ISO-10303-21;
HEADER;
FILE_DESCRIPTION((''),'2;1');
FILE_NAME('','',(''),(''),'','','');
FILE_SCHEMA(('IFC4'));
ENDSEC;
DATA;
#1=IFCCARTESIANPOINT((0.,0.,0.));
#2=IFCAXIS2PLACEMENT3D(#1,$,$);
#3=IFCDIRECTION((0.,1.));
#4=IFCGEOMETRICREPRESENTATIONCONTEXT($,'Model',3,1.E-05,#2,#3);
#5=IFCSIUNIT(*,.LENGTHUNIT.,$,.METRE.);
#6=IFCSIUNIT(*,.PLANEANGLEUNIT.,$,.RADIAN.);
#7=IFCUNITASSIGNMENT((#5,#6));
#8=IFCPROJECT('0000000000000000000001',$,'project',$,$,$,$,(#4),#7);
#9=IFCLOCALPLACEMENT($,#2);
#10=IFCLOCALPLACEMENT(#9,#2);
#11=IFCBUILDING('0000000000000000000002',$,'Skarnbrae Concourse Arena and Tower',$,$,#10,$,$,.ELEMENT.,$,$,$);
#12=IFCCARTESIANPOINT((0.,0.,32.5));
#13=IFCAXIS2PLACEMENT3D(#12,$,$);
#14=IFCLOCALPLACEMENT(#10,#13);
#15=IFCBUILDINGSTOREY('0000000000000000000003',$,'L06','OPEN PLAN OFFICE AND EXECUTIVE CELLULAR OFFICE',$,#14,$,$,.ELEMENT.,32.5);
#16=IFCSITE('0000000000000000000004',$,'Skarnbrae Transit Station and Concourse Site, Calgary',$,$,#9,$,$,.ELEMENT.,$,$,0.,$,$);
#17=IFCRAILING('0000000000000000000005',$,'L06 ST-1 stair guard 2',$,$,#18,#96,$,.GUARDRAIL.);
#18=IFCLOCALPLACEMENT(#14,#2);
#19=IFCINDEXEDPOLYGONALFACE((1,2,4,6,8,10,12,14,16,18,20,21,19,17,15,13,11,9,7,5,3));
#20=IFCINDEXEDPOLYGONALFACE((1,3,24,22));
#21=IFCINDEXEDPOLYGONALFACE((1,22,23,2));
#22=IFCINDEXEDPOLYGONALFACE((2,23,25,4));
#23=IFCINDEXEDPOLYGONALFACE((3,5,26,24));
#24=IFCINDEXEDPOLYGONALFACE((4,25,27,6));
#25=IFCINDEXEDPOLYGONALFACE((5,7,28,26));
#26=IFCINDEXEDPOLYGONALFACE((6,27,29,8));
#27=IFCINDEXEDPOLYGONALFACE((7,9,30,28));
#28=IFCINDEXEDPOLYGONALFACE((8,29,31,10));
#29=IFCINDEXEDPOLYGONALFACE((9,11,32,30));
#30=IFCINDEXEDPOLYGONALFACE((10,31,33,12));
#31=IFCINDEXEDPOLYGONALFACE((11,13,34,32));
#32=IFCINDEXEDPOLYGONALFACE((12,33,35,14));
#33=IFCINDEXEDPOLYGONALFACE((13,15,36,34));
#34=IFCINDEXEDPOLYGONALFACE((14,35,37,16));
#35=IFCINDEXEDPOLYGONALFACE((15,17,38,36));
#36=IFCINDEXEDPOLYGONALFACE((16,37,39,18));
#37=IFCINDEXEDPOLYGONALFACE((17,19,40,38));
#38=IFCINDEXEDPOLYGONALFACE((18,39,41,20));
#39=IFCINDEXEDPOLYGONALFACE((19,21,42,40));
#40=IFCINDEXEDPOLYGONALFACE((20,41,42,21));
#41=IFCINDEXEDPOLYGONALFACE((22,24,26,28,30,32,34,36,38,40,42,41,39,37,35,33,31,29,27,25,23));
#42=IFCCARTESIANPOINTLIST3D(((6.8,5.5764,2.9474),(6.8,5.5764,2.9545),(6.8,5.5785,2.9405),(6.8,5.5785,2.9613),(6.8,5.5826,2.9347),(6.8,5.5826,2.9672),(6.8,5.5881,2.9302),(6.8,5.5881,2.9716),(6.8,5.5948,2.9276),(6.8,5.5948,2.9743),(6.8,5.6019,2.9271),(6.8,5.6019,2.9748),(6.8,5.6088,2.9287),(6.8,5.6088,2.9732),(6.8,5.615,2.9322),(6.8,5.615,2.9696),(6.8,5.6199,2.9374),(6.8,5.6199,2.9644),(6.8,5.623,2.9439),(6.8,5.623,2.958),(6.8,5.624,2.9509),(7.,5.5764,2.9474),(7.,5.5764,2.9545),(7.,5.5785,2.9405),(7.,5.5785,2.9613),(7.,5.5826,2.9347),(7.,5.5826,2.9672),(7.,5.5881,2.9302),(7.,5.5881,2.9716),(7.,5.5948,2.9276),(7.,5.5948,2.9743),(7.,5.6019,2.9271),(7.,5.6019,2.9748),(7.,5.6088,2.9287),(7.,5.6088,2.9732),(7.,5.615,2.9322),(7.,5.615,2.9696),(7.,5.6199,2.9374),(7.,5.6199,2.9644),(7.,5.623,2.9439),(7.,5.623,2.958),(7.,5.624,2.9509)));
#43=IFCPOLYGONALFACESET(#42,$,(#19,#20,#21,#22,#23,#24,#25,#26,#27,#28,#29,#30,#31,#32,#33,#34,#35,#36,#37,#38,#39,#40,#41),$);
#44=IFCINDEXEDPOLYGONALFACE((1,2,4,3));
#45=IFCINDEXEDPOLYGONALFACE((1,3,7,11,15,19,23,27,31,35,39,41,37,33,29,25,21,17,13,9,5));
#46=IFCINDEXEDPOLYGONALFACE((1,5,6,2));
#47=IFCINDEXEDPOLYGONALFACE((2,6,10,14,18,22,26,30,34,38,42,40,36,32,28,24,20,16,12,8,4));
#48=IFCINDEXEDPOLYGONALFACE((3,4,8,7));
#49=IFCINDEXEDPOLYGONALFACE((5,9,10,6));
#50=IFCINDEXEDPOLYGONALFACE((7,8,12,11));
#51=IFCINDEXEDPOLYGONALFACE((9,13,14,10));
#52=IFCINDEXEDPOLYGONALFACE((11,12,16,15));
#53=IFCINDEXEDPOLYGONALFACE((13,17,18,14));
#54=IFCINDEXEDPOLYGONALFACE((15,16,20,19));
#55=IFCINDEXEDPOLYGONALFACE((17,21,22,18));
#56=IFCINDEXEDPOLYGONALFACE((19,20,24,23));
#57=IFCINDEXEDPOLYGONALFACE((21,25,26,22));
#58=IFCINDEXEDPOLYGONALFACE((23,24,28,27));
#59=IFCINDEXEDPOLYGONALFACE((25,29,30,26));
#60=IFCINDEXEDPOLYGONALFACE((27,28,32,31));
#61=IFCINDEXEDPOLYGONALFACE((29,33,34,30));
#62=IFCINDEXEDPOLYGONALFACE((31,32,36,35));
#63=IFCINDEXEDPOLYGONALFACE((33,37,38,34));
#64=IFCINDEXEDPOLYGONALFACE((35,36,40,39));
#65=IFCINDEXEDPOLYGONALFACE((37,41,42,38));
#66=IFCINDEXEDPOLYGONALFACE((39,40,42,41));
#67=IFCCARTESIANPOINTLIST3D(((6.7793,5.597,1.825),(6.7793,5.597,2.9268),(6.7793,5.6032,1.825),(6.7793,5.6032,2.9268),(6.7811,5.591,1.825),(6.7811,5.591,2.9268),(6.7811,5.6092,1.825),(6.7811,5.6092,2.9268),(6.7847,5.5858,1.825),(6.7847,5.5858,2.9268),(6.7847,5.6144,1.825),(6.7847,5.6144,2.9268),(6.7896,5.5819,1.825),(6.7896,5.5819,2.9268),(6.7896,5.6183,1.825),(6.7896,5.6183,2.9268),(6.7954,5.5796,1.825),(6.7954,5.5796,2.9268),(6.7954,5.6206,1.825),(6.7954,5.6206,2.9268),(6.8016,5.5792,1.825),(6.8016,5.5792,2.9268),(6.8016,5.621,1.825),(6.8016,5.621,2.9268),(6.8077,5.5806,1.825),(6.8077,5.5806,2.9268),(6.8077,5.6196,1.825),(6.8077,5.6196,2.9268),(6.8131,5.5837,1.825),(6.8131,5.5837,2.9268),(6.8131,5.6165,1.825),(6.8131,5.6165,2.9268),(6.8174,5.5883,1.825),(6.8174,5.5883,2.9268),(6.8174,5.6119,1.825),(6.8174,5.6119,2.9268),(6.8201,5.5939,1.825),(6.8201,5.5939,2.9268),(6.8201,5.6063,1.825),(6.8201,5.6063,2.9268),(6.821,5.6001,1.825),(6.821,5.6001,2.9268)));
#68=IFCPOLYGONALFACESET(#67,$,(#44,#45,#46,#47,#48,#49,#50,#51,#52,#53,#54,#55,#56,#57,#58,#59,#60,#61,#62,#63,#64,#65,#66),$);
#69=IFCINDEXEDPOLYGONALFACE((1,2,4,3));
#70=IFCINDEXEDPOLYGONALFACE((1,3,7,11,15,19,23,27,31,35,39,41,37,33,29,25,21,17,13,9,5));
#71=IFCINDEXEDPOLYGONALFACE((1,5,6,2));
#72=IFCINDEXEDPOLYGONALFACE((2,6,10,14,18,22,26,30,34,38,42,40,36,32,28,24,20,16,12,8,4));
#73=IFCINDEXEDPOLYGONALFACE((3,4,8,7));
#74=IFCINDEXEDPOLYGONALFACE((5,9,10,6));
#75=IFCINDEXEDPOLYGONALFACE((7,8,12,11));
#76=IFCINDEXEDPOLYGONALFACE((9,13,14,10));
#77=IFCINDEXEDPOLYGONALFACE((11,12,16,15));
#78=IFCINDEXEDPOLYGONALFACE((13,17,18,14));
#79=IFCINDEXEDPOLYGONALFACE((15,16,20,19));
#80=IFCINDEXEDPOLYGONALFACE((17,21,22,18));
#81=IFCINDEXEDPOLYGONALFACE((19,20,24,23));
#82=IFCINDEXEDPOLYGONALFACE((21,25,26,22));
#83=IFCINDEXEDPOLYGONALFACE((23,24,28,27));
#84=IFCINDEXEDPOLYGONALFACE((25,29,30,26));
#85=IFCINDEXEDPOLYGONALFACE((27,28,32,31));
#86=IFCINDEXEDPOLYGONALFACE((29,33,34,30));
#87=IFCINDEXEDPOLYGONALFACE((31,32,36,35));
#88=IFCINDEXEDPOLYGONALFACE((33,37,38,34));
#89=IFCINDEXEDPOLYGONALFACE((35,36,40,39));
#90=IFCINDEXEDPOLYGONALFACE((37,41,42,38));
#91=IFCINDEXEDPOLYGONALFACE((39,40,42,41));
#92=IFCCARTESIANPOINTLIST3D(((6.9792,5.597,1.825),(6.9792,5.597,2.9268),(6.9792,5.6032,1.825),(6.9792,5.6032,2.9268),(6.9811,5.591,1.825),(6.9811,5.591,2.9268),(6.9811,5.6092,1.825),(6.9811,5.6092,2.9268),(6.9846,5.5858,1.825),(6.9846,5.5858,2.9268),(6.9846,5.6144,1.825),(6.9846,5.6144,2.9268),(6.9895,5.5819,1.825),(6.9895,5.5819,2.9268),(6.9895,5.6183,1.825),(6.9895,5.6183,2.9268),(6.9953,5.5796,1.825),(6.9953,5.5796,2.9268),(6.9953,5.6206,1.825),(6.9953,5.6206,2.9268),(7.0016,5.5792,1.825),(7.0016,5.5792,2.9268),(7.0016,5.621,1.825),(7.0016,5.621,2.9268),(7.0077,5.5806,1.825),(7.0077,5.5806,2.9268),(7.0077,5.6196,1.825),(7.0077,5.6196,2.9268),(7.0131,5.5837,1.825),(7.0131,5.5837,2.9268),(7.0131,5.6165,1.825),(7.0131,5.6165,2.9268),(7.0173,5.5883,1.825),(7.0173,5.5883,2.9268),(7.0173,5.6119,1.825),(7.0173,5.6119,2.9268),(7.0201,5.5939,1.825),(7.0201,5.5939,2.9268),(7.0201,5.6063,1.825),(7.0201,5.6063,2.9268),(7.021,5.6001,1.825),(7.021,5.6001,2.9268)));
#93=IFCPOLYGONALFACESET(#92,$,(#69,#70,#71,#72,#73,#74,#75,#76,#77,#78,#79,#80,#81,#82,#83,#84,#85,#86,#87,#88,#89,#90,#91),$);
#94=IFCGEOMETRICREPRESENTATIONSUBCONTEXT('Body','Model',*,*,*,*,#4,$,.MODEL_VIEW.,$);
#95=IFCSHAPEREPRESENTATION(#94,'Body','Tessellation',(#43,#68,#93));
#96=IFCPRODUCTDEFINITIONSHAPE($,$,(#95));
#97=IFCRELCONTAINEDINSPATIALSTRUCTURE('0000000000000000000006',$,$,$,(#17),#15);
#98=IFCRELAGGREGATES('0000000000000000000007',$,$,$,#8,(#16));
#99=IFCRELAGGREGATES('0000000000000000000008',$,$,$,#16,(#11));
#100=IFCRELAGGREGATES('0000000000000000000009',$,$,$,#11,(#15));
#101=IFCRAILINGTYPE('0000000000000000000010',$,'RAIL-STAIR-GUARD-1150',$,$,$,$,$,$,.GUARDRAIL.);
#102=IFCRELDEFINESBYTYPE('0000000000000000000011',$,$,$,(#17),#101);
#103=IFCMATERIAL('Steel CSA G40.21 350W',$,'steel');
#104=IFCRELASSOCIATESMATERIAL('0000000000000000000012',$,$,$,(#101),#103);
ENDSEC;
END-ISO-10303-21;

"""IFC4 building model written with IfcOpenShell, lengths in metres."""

from ifc_helpers import new_model, si_unit, direction, frame, origin, origin_2d, place, context, subcontext, project, spatial, circle, extrude, material, type_object, element, save


model = new_model("IFC4")

# Units and contexts
model_context = context("Model", 3, precision=1e-05, world=origin(), true_north=direction((0.0, 1.0)))
body_context = subcontext(model_context, "Body", "Model", "MODEL_VIEW")
ifc_project = project(units=[si_unit("LENGTHUNIT", "METRE"), si_unit("PLANEANGLEUNIT", "RADIAN")], contexts=[model_context])

# Site, building, storey
site_placement = place(None, origin())
site = spatial("IfcSite", under=ifc_project, at=site_placement, Name="Skarnbrae Transit Station and Concourse Site, Calgary", CompositionType="ELEMENT", RefElevation=0.0)
building_placement = place(site_placement, origin())
building = spatial("IfcBuilding", under=site, at=building_placement, Name="Skarnbrae Concourse Arena and Tower", CompositionType="ELEMENT")
storey_placement = place(building_placement, frame((0.0, 0.0, 32.5)))
storey = spatial("IfcBuildingStorey", under=building, at=storey_placement, Name="L06", Description="OPEN PLAN OFFICE AND EXECUTIVE CELLULAR OFFICE", CompositionType="ELEMENT", Elevation=32.5)

# Shared definitions
ifc_material_1 = material(Name="Steel CSA G40.21 350W", Category="steel")

# Railing
railing_type_1 = type_object("IfcRailingType", Name="RAIL-STAIR-GUARD-1150", PredefinedType="GUARDRAIL", material=ifc_material_1)
railing_1_placement = place(storey_placement, frame((6.8, 5.6001, 1.825)))
element("IfcRailing", 1, at=railing_1_placement, inside=storey, type_object=railing_type_1, Name="L06 ST-1 stair guard 2", PredefinedType="GUARDRAIL", context=body_context, shape_type="SweptSolid", body=[
    extrude(circle(Radius=0.0239, at=origin_2d()), frame((0.0, 0.0, 1.126), z_axis=(1.0, 0.0, 0.0), x_axis=(0.0, 1.0, 0.0)), (0.0, 0.0, 1.0), 0.2),
    extrude(circle(Radius=0.021, at=origin_2d()), origin(), (0.0, 0.0, 1.0), 1.1018),
    extrude(circle(Radius=0.021, at=origin_2d()), frame((0.2, 0.0, 0.0)), (0.0, 0.0, 1.0), 1.1018),
])

save(model, "model.ifc")
